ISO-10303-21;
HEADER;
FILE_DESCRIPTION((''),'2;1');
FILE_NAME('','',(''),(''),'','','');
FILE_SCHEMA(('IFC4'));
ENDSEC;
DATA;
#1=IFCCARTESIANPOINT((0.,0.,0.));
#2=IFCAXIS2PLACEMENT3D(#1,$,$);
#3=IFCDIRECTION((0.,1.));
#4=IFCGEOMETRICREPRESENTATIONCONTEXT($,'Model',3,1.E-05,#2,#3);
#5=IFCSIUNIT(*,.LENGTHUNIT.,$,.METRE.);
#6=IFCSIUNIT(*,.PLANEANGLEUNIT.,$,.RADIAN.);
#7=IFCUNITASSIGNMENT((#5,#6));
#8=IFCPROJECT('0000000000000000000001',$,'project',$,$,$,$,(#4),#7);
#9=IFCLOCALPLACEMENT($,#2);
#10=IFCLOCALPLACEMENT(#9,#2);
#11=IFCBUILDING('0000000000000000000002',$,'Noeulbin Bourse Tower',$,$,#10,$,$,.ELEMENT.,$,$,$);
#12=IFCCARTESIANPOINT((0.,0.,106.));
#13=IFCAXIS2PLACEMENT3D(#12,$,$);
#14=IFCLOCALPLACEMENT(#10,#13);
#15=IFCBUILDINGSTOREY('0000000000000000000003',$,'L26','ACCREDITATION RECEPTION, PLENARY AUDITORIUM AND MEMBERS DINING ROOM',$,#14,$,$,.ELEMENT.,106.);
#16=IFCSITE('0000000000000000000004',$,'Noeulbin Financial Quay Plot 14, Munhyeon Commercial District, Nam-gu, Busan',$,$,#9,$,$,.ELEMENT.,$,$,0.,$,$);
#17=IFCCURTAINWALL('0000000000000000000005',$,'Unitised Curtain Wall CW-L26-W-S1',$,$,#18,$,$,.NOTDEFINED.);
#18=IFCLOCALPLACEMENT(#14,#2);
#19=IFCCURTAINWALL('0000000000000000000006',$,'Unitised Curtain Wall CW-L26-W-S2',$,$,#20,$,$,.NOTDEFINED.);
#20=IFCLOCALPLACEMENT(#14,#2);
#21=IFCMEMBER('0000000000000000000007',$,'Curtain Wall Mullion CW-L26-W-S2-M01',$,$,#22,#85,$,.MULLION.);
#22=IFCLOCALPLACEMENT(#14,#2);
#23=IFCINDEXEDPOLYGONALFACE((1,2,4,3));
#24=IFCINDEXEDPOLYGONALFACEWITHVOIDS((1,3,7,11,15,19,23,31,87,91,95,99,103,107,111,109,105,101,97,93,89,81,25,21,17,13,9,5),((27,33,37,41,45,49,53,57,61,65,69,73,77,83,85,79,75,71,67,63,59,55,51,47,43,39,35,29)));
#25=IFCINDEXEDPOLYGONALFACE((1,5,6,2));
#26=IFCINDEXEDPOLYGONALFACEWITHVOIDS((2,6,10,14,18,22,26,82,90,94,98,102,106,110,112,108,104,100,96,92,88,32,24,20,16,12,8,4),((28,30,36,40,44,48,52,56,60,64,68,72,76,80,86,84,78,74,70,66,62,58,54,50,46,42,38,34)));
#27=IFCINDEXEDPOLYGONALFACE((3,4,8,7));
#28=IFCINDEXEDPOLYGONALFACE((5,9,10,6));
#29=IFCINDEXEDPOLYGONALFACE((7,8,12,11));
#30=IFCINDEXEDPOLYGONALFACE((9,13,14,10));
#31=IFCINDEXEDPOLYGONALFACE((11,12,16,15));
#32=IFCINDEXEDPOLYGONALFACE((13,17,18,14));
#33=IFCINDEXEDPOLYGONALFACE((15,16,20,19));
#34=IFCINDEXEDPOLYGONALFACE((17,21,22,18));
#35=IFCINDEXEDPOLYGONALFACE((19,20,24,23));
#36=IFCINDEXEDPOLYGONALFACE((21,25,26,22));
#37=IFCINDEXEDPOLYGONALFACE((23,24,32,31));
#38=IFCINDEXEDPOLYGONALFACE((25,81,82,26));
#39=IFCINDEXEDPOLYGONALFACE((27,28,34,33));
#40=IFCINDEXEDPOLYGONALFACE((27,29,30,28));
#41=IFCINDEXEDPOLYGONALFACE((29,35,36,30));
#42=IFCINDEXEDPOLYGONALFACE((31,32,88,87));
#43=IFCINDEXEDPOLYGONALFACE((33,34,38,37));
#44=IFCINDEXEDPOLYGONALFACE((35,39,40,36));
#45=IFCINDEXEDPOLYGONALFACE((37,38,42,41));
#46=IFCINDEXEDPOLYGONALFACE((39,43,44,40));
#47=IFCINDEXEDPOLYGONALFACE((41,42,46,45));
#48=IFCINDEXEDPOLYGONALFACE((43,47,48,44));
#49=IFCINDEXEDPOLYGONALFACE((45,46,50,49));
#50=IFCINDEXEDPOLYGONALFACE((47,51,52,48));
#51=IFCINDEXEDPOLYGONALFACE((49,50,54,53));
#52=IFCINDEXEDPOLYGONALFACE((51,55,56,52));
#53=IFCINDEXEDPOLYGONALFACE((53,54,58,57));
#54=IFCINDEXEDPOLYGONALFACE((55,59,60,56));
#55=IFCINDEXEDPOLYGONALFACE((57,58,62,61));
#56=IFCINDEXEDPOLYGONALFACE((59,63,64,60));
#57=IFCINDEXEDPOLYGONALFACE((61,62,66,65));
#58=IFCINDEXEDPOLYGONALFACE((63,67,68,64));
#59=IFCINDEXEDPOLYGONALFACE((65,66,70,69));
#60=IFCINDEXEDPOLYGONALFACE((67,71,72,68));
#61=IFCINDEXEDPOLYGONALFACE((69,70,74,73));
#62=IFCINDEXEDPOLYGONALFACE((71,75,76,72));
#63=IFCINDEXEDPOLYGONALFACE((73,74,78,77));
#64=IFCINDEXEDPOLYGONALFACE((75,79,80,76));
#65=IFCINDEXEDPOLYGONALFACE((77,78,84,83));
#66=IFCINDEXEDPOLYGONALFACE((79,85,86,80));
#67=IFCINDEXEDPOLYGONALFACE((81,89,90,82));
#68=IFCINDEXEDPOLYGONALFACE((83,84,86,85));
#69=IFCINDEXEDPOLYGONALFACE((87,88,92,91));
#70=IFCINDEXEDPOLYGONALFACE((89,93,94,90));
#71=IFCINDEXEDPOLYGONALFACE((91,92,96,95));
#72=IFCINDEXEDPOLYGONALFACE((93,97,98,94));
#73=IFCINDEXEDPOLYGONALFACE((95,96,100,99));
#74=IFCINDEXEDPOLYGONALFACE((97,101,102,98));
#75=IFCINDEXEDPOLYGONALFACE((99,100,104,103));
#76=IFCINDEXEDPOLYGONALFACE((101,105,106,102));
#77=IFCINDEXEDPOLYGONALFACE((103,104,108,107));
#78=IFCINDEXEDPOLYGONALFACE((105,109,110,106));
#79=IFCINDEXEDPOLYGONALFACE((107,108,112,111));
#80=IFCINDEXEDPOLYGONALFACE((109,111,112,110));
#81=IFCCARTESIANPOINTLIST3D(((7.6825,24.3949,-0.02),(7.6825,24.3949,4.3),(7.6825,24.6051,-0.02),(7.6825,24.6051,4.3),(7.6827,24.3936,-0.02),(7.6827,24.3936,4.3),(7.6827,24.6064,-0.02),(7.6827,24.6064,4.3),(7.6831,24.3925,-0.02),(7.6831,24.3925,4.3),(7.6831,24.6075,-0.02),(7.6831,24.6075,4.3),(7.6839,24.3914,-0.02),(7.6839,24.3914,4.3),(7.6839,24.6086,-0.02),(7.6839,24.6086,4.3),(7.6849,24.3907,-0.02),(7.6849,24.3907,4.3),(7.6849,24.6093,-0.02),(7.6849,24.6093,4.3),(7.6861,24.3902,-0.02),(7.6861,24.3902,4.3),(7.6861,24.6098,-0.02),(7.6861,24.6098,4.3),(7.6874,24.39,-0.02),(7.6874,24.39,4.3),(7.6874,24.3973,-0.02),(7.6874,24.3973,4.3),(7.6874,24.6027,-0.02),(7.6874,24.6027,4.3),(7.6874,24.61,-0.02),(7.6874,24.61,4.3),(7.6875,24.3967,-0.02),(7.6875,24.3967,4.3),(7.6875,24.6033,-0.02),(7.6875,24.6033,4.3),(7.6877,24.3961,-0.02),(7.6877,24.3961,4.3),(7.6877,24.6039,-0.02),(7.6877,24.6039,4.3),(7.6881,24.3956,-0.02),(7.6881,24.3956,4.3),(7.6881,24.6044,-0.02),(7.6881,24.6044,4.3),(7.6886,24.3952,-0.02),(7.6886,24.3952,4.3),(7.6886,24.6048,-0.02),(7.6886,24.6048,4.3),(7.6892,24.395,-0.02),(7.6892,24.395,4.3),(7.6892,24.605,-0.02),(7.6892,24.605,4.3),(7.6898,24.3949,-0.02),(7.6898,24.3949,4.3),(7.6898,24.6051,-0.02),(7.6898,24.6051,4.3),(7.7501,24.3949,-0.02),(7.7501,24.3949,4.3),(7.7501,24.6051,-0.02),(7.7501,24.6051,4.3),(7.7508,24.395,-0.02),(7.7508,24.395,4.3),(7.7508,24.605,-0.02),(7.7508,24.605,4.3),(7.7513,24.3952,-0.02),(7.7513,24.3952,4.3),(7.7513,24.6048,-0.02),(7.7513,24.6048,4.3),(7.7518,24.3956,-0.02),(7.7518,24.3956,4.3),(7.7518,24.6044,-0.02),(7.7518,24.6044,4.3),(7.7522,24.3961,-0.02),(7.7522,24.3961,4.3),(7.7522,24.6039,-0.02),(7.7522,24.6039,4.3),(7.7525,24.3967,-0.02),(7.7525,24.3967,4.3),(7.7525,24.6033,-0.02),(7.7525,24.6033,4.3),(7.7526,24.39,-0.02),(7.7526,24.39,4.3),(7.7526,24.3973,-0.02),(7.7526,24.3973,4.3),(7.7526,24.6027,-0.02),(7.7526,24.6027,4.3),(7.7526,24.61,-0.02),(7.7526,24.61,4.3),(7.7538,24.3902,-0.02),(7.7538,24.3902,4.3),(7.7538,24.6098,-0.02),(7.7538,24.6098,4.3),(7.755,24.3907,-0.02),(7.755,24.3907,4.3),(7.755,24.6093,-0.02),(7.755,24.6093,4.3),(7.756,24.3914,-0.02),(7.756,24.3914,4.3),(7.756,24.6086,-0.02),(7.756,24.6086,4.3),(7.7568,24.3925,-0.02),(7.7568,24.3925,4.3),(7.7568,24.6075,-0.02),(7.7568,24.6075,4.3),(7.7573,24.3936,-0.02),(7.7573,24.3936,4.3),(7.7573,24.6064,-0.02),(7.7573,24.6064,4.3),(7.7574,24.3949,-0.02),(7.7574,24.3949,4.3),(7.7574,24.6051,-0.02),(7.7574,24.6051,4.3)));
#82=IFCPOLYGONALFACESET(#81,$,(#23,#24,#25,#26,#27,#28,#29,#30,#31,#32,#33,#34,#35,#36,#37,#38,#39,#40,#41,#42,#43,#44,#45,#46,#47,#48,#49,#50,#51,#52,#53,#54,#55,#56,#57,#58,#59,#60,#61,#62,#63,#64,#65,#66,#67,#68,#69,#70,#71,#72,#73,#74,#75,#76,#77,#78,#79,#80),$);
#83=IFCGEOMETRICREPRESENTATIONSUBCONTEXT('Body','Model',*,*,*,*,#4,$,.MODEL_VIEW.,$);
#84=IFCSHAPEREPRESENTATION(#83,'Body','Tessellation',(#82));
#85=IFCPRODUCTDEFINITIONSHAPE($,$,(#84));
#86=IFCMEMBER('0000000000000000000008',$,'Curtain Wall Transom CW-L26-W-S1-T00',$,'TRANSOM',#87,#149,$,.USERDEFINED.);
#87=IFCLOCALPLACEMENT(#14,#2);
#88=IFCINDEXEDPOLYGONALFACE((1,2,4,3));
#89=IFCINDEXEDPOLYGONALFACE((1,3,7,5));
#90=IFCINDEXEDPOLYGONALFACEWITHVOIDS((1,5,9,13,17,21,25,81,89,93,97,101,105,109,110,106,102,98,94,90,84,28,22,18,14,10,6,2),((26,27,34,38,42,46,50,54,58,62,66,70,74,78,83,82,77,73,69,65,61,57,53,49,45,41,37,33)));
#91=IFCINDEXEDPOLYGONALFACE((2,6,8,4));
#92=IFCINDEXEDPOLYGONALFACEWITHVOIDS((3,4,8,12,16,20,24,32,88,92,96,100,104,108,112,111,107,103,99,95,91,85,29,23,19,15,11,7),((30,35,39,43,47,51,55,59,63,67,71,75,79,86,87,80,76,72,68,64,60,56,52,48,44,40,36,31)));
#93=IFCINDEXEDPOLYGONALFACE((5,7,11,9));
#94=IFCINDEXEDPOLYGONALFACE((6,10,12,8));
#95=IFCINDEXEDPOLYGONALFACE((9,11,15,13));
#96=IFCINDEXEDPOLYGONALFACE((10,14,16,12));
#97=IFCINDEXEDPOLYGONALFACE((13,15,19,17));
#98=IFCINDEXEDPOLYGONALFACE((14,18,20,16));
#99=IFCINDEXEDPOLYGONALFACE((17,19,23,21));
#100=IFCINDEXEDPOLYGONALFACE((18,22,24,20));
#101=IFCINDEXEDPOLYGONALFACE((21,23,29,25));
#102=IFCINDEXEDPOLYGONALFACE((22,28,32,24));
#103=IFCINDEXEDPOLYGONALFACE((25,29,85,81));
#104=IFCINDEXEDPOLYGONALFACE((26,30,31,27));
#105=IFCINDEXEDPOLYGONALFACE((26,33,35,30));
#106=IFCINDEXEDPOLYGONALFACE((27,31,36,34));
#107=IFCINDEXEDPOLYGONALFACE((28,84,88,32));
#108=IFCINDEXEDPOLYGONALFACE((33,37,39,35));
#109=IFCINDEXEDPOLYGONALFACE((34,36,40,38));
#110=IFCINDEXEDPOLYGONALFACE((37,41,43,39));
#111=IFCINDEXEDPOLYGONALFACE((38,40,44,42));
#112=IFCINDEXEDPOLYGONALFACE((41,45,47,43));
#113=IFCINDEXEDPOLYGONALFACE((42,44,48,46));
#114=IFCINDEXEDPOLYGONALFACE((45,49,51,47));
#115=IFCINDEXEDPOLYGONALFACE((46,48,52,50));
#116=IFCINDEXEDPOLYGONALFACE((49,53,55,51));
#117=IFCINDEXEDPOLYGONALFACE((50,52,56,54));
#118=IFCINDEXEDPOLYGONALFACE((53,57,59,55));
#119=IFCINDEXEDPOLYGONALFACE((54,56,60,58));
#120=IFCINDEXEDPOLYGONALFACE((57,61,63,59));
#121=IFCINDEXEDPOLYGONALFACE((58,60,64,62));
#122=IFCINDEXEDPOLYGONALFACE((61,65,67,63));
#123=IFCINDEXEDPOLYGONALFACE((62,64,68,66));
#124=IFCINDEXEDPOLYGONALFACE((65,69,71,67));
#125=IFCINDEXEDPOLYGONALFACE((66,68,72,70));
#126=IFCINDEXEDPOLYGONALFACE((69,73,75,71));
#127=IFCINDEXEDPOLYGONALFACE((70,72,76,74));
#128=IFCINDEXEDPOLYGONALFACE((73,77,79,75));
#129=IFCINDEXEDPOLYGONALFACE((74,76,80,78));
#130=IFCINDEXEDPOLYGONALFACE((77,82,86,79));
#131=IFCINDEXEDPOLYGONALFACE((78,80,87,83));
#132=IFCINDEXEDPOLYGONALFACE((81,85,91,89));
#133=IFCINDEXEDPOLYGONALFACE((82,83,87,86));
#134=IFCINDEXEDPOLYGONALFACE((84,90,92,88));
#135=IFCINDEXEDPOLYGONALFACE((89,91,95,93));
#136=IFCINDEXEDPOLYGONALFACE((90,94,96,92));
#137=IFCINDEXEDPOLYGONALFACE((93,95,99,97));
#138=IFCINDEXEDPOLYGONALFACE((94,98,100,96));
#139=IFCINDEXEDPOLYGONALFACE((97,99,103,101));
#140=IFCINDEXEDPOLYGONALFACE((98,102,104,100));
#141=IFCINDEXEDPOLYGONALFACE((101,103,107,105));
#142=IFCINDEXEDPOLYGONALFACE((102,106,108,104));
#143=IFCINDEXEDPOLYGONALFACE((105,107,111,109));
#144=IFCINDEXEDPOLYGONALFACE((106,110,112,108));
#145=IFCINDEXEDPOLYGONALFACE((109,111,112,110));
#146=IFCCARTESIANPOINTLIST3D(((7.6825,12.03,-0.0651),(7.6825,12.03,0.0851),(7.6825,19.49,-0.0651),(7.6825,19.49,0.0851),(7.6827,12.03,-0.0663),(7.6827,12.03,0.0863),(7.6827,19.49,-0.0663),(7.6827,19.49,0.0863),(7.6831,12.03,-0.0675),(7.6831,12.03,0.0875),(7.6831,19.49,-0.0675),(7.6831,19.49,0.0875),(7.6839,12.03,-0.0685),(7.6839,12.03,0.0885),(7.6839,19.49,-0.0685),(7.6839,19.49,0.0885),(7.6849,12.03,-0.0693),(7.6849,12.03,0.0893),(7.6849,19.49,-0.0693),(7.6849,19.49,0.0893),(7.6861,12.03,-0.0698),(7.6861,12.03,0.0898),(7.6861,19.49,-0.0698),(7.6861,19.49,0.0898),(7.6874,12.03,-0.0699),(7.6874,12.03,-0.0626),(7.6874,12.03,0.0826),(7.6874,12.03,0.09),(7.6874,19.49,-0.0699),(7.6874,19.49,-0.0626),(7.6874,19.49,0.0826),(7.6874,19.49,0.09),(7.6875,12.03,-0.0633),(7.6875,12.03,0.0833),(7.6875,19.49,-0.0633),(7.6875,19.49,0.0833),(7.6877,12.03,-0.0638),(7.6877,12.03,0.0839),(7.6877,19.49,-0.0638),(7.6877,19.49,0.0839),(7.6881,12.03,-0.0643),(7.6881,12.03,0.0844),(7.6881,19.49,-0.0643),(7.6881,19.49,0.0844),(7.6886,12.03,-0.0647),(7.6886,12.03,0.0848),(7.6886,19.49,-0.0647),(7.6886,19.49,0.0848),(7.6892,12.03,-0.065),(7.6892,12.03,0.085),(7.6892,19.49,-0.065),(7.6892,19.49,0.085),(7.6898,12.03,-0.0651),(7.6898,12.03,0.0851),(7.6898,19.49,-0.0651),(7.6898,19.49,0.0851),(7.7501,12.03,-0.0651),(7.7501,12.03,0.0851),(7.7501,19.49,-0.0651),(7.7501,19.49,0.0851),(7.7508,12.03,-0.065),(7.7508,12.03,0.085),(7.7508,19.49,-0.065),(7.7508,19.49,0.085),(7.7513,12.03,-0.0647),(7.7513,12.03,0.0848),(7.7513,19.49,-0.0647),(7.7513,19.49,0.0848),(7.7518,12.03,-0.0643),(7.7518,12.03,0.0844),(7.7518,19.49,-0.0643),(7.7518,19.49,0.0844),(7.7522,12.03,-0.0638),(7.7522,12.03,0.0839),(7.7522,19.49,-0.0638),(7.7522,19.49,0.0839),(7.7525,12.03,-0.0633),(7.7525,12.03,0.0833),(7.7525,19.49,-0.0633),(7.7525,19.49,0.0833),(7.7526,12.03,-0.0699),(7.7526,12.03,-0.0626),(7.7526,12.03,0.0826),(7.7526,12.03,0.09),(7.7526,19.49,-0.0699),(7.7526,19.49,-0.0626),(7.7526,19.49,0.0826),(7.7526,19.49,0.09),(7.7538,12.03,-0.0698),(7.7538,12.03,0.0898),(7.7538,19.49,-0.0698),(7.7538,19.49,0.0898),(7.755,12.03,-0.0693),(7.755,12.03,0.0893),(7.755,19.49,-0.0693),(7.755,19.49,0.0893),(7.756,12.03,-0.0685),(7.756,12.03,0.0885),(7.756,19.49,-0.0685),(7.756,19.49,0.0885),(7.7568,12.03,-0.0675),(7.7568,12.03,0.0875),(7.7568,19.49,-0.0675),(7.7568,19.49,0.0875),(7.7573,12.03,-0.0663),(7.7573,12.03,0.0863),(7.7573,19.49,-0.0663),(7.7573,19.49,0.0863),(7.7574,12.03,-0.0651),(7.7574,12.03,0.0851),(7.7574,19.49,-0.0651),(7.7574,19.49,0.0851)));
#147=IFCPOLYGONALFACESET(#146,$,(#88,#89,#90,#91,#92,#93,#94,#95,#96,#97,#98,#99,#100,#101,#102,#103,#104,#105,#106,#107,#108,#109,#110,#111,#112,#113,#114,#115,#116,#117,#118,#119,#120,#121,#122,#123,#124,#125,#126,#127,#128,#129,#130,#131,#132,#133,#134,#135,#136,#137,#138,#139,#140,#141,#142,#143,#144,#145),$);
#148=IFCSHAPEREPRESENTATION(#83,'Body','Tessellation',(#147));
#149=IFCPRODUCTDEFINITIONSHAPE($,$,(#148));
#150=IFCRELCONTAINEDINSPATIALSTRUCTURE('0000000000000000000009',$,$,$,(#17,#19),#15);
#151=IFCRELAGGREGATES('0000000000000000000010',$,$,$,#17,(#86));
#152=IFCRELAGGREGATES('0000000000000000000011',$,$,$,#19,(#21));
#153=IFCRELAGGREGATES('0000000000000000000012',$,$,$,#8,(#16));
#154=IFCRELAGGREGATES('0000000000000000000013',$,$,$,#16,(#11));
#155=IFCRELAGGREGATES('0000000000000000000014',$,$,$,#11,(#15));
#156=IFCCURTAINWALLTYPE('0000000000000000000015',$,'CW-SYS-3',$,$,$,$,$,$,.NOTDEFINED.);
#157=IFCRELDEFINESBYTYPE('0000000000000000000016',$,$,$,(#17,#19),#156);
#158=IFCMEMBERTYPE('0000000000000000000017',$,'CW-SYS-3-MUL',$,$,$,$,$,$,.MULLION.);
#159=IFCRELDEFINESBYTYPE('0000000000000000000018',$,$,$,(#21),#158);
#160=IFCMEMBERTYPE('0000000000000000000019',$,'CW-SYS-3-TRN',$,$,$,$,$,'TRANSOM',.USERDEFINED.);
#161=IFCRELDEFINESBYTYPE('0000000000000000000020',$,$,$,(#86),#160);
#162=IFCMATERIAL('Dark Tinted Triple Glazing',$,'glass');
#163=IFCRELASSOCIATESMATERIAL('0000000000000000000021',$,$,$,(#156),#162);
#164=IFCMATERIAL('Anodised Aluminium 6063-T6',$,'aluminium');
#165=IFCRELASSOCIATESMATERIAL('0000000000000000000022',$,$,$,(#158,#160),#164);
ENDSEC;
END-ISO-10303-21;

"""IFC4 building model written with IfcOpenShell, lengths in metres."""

from ifc_helpers import new_model, si_unit, direction, frame, origin, origin_2d, place, context, subcontext, project, spatial, hollow_rectangle, extrude, material, material_profile, profile_set, type_object, element, aggregate, save


model = new_model("IFC4")

# Units and contexts
model_context = context("Model", 3, precision=1e-05, world=origin(), true_north=direction((0.0, 1.0)))
body_context = subcontext(model_context, "Body", "Model", "MODEL_VIEW")
ifc_project = project(units=[si_unit("LENGTHUNIT", "METRE"), si_unit("PLANEANGLEUNIT", "RADIAN")], contexts=[model_context])

# Site, building, storey
site_placement = place(None, origin())
site = spatial("IfcSite", under=ifc_project, at=site_placement, Name="Noeulbin Financial Quay Plot 14, Munhyeon Commercial District, Nam-gu, Busan", CompositionType="ELEMENT", RefElevation=0.0)
building_placement = place(site_placement, origin())
building = spatial("IfcBuilding", under=site, at=building_placement, Name="Noeulbin Bourse Tower", CompositionType="ELEMENT")
storey_placement = place(building_placement, frame((0.0, 0.0, 106.0)))
storey = spatial("IfcBuildingStorey", under=building, at=storey_placement, Name="L26", Description="ACCREDITATION RECEPTION, PLENARY AUDITORIUM AND MEMBERS DINING ROOM", CompositionType="ELEMENT", Elevation=106.0)

# Curtain walls, member
ifc_material_1 = material(Name="Dark Tinted Triple Glazing", Category="glass")
curtain_wall_type = type_object("IfcCurtainWallType", Name="CW-SYS-3", PredefinedType="NOTDEFINED", material=ifc_material_1)
curtain_wall_1_placement = place(storey_placement, origin())
curtain_wall_1 = element("IfcCurtainWall", 1, at=curtain_wall_1_placement, inside=storey, type_object=curtain_wall_type, Name="Unitised Curtain Wall CW-L26-W-S1", PredefinedType="NOTDEFINED")
ifc_material_2 = material(Name="Anodised Aluminium 6063-T6", Category="aluminium")
ifc_material_profile_1 = material_profile(ifc_material_2, hollow_rectangle(XDim=0.075, YDim=0.22, WallThickness=0.0049, InnerFilletRadius=0.0024, OuterFilletRadius=0.0049, at=origin_2d()), Name="ALU-MULL-75x220x5", Category="LoadBearing")
ifc_profile_set_1 = profile_set([ifc_material_profile_1], Name="Anodised Aluminium 6063-T6")
member_type_1 = type_object("IfcMemberType", Name="CW-SYS-3-MUL", PredefinedType="MULLION", material=ifc_profile_set_1)
curtain_wall_2_placement = place(storey_placement, origin())
curtain_wall_2 = element("IfcCurtainWall", 2, at=curtain_wall_2_placement, inside=storey, type_object=curtain_wall_type, Name="Unitised Curtain Wall CW-L26-W-S2", PredefinedType="NOTDEFINED")
member_1_placement = place(storey_placement, frame((7.72, 24.5, -0.02), z_axis=(0.0, 0.0, 1.0), x_axis=(1.0, 0.0, 0.0)))
member_1 = element("IfcMember", 3, at=member_1_placement, type_object=member_type_1, Name="Curtain Wall Mullion CW-L26-W-S2-M01", PredefinedType="MULLION", context=body_context, shape_type="SweptSolid", body=[
    extrude(hollow_rectangle(XDim=0.075, YDim=0.22, WallThickness=0.0049, InnerFilletRadius=0.0024, OuterFilletRadius=0.0049, at=origin_2d()), origin(), (0.0, 0.0, 1.0), 4.3201),
])

# Member
ifc_material_profile_2 = material_profile(ifc_material_2, hollow_rectangle(XDim=0.075, YDim=0.1599, WallThickness=0.0049, InnerFilletRadius=0.0024, OuterFilletRadius=0.0049, at=origin_2d()), Name="ALU-TRAN-75x160x5", Category="LoadBearing")
ifc_profile_set_2 = profile_set([ifc_material_profile_2], Name="Anodised Aluminium 6063-T6")
member_type_2 = type_object("IfcMemberType", Name="CW-SYS-3-TRN", ElementType="TRANSOM", PredefinedType="USERDEFINED", material=ifc_profile_set_2)
member_2_placement = place(storey_placement, frame((7.72, 12.03, 0.01), z_axis=(0.0, 1.0, 0.0), x_axis=(-1.0, 0.0, 0.0)))
member_2 = element("IfcMember", 4, at=member_2_placement, type_object=member_type_2, Name="Curtain Wall Transom CW-L26-W-S1-T00", ObjectType="TRANSOM", PredefinedType="USERDEFINED", context=body_context, shape_type="SweptSolid", body=[
    extrude(hollow_rectangle(XDim=0.075, YDim=0.1599, WallThickness=0.0049, InnerFilletRadius=0.0024, OuterFilletRadius=0.0049, at=origin_2d()), origin(), (0.0, 0.0, 1.0), 7.46),
])

aggregate(curtain_wall_1, [member_2])
aggregate(curtain_wall_2, [member_1])

save(model, "model.ifc")
